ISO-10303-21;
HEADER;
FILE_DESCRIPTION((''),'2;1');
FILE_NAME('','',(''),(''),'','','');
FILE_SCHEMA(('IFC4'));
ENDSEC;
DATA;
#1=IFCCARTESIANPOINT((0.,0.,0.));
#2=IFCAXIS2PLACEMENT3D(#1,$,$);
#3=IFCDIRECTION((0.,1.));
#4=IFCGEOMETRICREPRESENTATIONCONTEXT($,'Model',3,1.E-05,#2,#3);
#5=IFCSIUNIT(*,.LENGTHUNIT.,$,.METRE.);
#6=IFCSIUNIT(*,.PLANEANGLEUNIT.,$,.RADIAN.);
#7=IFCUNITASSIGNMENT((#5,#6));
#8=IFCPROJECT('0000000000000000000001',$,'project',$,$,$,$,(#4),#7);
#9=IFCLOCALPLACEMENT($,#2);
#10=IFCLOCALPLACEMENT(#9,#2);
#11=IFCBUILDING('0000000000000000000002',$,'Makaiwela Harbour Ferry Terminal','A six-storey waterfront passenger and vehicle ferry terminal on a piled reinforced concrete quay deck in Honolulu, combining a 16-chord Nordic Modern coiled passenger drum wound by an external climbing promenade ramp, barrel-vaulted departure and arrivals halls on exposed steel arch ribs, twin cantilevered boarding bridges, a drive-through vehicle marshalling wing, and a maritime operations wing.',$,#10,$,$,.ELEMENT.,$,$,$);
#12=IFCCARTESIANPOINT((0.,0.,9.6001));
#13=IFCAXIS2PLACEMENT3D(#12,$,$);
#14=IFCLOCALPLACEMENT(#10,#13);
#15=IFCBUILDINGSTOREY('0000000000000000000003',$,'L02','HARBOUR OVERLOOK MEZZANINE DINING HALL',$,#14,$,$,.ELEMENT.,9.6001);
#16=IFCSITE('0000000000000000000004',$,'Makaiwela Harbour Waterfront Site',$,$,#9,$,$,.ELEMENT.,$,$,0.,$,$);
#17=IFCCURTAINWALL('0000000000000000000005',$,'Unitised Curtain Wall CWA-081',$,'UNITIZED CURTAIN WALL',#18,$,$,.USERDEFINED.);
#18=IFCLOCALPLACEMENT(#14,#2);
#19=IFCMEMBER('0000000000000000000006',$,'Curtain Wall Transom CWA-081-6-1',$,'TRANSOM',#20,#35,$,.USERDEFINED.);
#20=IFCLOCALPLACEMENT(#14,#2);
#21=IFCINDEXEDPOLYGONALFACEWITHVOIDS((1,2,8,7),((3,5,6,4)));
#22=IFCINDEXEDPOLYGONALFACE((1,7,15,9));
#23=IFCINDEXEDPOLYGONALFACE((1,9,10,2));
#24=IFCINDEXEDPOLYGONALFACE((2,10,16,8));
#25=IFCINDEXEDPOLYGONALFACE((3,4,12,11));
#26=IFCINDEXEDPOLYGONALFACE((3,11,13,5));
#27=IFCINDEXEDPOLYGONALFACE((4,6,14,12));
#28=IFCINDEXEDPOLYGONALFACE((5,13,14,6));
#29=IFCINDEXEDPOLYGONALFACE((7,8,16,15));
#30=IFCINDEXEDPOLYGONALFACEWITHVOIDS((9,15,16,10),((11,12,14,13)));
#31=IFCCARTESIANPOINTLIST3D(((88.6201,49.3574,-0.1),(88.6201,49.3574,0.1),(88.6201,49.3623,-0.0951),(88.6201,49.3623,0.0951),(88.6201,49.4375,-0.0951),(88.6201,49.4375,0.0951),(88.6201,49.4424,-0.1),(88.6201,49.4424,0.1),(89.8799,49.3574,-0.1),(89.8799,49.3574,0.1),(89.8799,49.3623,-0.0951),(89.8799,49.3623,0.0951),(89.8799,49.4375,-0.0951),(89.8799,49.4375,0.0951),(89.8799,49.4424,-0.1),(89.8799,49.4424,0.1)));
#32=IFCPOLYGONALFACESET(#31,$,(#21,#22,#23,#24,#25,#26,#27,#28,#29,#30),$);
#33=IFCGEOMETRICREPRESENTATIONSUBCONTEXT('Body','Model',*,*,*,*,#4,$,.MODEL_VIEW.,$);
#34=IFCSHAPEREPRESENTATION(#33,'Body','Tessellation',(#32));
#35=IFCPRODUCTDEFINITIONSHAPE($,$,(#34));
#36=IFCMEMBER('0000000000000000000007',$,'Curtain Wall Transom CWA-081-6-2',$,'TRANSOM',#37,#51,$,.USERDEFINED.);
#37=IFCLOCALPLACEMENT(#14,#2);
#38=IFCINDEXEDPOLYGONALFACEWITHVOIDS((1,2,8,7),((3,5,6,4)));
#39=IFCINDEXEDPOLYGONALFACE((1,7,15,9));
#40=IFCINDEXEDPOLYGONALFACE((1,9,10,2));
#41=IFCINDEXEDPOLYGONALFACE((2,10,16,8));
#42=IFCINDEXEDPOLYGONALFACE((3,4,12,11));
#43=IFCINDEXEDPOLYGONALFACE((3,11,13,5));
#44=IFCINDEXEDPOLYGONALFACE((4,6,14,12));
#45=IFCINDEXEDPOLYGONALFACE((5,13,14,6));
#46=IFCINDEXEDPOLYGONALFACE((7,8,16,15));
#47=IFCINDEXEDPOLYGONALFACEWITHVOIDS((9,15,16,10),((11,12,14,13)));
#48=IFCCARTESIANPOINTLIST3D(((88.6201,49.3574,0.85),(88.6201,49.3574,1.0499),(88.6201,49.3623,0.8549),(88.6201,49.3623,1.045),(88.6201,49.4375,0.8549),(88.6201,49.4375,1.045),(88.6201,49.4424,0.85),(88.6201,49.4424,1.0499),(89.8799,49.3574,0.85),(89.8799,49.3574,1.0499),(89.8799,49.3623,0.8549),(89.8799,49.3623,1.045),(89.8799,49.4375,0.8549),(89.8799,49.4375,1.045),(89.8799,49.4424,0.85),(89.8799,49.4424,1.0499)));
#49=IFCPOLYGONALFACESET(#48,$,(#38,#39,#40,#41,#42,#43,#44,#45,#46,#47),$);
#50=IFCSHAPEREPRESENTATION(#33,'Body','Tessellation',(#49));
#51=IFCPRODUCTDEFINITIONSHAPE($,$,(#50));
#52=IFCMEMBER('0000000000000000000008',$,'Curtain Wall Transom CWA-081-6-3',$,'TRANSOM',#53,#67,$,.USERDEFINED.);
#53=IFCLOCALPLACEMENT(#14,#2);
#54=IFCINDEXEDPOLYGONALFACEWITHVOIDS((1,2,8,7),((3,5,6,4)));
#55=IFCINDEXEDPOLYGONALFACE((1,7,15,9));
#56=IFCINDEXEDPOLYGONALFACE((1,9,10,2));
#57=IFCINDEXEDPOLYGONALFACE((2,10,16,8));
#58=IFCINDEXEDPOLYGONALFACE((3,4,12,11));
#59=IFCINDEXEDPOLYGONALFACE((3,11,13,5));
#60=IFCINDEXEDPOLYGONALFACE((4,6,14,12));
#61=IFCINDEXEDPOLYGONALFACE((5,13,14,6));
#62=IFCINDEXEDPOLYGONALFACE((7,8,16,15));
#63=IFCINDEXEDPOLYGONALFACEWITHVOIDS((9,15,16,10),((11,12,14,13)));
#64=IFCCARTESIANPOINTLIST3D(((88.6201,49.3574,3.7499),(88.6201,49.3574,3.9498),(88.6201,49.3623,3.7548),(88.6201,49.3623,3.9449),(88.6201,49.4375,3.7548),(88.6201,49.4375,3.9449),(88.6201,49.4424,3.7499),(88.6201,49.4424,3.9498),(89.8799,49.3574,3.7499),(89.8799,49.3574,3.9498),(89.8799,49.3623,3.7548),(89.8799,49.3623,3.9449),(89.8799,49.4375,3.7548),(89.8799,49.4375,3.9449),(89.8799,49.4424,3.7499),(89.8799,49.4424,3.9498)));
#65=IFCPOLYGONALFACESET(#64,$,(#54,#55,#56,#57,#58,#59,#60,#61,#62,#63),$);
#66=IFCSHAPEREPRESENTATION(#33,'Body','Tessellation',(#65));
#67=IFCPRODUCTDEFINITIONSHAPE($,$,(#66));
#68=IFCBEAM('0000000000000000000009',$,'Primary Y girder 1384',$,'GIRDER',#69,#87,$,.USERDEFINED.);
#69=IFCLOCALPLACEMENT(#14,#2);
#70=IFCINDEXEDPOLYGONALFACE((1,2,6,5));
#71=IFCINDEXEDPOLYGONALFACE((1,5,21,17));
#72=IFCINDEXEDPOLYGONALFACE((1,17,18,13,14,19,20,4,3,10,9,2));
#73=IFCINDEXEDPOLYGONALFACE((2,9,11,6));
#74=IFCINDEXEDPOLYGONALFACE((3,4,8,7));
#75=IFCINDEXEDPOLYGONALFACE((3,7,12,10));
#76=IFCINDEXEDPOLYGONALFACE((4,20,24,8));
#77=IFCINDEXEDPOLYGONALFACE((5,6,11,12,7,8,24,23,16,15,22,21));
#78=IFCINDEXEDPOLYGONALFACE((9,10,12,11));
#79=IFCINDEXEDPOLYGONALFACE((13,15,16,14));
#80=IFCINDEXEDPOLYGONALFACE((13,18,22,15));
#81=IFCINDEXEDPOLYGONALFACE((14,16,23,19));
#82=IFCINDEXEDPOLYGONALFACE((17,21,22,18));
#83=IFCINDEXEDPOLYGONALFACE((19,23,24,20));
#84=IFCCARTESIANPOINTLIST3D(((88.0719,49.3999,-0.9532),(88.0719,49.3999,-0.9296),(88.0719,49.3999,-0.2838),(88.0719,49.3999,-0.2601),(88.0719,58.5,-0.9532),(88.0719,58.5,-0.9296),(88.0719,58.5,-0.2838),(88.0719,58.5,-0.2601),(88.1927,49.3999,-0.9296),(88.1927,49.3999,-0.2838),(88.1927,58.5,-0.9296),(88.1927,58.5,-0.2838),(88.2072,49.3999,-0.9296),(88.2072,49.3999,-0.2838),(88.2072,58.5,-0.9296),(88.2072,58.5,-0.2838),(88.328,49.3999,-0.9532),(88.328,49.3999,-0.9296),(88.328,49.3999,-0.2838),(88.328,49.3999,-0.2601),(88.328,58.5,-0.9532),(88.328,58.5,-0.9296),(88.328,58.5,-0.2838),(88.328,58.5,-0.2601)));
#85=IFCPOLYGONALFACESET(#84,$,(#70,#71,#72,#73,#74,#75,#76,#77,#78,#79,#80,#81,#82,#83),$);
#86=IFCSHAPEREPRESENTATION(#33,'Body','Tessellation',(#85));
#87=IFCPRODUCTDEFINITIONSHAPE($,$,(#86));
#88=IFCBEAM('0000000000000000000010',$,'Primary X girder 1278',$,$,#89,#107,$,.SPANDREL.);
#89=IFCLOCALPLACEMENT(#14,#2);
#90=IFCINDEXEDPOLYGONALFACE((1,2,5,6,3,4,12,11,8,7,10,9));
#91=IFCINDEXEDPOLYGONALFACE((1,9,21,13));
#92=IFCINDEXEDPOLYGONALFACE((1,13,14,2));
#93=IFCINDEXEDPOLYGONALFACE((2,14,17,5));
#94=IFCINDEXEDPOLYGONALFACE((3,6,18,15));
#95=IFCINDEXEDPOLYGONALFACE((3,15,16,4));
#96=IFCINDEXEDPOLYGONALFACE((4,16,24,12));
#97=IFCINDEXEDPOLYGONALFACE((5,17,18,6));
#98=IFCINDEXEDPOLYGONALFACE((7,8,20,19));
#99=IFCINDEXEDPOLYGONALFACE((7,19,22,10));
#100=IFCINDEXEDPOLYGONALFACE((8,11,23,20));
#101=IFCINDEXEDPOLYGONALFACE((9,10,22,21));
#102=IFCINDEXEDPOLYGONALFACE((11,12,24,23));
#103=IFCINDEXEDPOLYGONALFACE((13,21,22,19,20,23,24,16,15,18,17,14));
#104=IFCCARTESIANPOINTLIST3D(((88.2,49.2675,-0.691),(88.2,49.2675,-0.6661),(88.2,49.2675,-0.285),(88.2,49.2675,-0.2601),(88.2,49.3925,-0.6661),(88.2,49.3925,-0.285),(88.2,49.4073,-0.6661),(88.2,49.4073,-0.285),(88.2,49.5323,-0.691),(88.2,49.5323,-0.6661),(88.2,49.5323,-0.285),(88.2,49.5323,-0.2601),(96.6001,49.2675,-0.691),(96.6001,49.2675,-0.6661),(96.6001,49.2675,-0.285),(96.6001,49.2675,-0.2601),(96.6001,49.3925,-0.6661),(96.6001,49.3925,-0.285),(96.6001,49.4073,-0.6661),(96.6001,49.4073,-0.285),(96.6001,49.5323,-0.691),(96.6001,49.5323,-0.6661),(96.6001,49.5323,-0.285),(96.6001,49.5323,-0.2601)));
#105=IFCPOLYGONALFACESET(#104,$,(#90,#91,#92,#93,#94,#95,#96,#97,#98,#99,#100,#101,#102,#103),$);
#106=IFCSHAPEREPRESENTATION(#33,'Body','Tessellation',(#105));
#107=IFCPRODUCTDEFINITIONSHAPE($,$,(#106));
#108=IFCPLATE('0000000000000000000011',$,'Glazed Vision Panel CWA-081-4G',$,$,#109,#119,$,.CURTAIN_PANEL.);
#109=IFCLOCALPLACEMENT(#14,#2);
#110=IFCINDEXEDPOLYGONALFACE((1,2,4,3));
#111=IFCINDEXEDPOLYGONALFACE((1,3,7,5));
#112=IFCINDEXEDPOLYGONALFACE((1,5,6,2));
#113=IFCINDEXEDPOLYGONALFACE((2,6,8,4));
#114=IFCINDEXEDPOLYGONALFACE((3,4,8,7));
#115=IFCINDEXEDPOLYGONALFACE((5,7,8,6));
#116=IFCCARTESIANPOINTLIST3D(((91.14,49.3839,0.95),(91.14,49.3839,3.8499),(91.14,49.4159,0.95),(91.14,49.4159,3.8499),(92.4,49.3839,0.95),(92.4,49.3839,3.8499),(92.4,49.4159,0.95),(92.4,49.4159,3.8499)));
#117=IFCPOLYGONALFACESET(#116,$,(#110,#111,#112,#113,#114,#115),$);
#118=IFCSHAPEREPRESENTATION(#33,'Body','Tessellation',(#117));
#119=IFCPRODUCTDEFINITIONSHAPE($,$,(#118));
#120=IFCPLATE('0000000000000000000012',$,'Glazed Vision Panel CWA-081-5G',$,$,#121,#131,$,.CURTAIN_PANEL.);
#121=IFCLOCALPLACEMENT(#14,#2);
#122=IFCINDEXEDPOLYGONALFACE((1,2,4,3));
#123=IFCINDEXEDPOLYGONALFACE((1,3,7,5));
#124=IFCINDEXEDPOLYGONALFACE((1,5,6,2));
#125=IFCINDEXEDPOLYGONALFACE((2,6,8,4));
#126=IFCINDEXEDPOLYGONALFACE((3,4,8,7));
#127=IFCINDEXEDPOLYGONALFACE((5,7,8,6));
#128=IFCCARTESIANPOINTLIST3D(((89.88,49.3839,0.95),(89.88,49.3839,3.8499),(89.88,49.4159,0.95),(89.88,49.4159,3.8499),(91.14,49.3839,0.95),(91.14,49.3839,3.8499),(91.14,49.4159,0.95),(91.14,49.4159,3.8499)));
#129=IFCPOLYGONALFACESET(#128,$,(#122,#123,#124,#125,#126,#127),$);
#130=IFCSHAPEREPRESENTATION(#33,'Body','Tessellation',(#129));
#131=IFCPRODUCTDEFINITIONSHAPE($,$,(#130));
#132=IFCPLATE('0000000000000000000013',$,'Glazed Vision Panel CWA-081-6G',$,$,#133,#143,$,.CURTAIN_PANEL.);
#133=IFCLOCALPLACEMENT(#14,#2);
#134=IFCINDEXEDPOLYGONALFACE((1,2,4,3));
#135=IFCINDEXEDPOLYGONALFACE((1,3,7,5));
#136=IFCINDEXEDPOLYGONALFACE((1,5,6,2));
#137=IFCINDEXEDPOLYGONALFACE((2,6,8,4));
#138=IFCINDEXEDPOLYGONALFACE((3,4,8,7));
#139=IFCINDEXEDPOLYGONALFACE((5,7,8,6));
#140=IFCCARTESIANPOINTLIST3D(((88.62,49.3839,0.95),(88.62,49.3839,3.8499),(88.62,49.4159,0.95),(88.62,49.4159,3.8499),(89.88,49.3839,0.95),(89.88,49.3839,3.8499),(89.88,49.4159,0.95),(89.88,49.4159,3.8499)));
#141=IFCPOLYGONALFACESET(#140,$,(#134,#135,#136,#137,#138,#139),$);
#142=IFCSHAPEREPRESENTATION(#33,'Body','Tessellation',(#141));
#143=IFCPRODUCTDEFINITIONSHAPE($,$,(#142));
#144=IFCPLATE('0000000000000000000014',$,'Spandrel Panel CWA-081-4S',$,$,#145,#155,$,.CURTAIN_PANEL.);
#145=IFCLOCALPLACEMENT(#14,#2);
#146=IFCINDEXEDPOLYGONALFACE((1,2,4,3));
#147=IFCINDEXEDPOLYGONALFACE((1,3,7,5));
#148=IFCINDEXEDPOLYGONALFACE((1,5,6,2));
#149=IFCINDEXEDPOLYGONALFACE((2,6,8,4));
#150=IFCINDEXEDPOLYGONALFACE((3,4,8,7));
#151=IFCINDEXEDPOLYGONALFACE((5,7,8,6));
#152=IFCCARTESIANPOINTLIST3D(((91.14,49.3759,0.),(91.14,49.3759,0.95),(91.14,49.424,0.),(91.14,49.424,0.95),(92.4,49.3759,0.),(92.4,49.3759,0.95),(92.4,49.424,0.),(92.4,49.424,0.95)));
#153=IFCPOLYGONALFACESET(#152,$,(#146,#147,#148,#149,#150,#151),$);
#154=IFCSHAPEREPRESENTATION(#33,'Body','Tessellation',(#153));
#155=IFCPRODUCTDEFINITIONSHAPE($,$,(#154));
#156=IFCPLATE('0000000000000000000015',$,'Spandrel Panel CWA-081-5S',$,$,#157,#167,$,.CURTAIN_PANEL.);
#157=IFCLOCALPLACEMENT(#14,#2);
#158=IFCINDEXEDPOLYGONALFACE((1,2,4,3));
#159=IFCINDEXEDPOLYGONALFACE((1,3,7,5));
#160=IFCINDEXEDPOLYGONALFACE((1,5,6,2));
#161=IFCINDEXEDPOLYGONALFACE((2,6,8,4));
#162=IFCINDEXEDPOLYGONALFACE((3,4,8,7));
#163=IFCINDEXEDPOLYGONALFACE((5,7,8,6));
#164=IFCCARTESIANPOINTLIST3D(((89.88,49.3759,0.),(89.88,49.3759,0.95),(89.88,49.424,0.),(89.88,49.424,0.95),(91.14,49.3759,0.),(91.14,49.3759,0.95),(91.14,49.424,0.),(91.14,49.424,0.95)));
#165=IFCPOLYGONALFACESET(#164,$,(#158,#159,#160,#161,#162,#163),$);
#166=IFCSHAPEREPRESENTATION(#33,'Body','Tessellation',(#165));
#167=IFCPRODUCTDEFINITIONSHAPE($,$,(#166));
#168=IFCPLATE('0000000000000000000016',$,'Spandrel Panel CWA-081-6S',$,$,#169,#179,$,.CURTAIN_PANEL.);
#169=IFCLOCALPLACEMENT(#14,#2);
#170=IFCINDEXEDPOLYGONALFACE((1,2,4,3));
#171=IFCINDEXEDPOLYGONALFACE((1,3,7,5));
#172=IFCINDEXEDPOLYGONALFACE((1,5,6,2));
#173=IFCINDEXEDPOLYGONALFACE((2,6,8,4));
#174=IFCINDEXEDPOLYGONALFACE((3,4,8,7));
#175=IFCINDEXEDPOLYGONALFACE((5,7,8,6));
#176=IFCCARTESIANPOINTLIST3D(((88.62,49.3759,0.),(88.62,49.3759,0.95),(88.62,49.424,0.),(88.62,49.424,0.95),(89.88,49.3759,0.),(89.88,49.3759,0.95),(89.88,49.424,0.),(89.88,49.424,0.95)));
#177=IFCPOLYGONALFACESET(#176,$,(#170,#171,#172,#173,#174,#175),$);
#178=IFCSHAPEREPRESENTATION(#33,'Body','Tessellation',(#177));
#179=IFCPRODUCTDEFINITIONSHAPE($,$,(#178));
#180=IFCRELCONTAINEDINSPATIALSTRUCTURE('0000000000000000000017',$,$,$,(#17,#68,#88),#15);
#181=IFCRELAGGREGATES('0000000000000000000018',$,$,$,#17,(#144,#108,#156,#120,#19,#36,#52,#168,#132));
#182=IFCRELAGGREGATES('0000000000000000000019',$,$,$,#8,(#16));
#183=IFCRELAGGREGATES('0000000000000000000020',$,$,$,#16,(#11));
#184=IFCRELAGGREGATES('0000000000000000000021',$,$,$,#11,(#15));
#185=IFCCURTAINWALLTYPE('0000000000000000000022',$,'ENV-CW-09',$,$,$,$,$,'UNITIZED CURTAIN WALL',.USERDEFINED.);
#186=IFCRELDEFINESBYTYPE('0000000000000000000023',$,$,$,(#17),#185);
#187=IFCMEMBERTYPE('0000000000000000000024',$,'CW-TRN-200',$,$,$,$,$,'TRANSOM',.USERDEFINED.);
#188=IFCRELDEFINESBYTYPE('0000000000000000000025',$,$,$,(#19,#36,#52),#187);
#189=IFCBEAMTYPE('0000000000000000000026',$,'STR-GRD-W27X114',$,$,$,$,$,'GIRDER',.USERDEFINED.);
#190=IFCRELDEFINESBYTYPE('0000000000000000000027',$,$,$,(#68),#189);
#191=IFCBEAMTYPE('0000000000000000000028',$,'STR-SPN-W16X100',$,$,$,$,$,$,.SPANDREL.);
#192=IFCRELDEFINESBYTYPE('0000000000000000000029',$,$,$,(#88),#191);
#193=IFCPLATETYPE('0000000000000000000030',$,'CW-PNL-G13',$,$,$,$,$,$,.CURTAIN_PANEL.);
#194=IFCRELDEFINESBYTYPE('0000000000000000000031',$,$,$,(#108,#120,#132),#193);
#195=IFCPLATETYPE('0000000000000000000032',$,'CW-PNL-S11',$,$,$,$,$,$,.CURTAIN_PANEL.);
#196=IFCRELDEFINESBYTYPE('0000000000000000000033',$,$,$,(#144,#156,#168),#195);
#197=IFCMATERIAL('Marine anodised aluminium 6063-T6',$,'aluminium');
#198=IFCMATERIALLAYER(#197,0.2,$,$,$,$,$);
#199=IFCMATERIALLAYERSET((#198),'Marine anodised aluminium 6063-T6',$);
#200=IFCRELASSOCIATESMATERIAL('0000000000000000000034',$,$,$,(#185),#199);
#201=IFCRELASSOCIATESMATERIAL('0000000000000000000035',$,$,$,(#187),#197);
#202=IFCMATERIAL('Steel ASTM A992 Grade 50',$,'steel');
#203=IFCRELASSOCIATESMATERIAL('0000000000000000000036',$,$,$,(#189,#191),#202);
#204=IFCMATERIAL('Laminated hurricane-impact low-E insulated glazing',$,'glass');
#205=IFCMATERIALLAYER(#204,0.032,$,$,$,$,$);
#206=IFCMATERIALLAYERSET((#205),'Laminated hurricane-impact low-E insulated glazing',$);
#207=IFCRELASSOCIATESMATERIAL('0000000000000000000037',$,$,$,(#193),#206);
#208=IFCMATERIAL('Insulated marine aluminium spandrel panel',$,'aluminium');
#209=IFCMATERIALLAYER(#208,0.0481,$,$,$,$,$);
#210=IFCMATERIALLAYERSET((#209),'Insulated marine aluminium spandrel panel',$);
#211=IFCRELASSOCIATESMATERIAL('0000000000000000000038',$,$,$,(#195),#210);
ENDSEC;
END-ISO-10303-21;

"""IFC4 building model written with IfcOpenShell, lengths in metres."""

from ifc_helpers import new_model, si_unit, direction, frame, origin, origin_2d, place, context, subcontext, project, spatial, rectangle, hollow_rectangle, i_section, extrude, material, layer, layer_set, material_profile, profile_set, type_object, element, aggregate, save


model = new_model("IFC4")

# Units and contexts
model_context = context("Model", 3, precision=1e-05, world=origin(), true_north=direction((0.0, 1.0)))
body_context = subcontext(model_context, "Body", "Model", "MODEL_VIEW")
ifc_project = project(units=[si_unit("LENGTHUNIT", "METRE"), si_unit("PLANEANGLEUNIT", "RADIAN")], contexts=[model_context])

# Site, building, storey
site_placement = place(None, origin())
site = spatial("IfcSite", under=ifc_project, at=site_placement, Name="Makaiwela Harbour Waterfront Site", CompositionType="ELEMENT", RefElevation=0.0)
building_placement = place(site_placement, origin())
building = spatial("IfcBuilding", under=site, at=building_placement, Name="Makaiwela Harbour Ferry Terminal", Description="A six-storey waterfront passenger and vehicle ferry terminal on a piled reinforced concrete quay deck in Honolulu, combining a 16-chord Nordic Modern coiled passenger drum wound by an external climbing promenade ramp, barrel-vaulted departure and arrivals halls on exposed steel arch ribs, twin cantilevered boarding bridges, a drive-through vehicle marshalling wing, and a maritime operations wing.", CompositionType="ELEMENT")
storey_placement = place(building_placement, frame((0.0, 0.0, 9.6001)))
storey = spatial("IfcBuildingStorey", under=building, at=storey_placement, Name="L02", Description="HARBOUR OVERLOOK MEZZANINE DINING HALL", CompositionType="ELEMENT", Elevation=9.6001)

# Shared definitions
ifc_material_1 = material(Name="Steel ASTM A992 Grade 50", Category="steel")

# Curtain wall
ifc_material_2 = material(Name="Marine anodised aluminium 6063-T6", Category="aluminium")
ifc_layer_1 = layer(ifc_material_2, 0.2)
ifc_layer_set_1 = layer_set([ifc_layer_1], Name="Marine anodised aluminium 6063-T6")
curtain_wall_type = type_object("IfcCurtainWallType", Name="ENV-CW-09", ElementType="UNITIZED CURTAIN WALL", PredefinedType="USERDEFINED", material=ifc_layer_set_1)
curtain_wall_1_placement = place(storey_placement, origin())
curtain_wall_1 = element("IfcCurtainWall", 1, at=curtain_wall_1_placement, inside=storey, type_object=curtain_wall_type, Name="Unitised Curtain Wall CWA-081", ObjectType="UNITIZED CURTAIN WALL", PredefinedType="USERDEFINED")
ifc_material_profile_1 = material_profile(ifc_material_2, hollow_rectangle(XDim=0.085, YDim=0.2, WallThickness=0.0049, at=origin_2d()), Name="CWT-200X85")
ifc_profile_set_1 = profile_set([ifc_material_profile_1], Name="Marine anodised aluminium 6063-T6")
member_type_1 = type_object("IfcMemberType", Name="CW-TRN-200", ElementType="TRANSOM", PredefinedType="USERDEFINED", material=ifc_profile_set_1)

# Members
member_1_placement = place(storey_placement, frame((89.8799, 49.3999, 0.0), z_axis=(-1.0, 0.0, 0.0), x_axis=(0.0, -1.0, 0.0)))
member_1 = element("IfcMember", 2, at=member_1_placement, type_object=member_type_1, Name="Curtain Wall Transom CWA-081-6-1", ObjectType="TRANSOM", PredefinedType="USERDEFINED", context=body_context, shape_type="SweptSolid", body=[
    extrude(hollow_rectangle(XDim=0.085, YDim=0.2, WallThickness=0.0049, at=origin_2d()), origin(), (0.0, 0.0, 1.0), 1.2598),
])
member_2_placement = place(storey_placement, frame((89.8799, 49.3999, 0.95), z_axis=(-1.0, 0.0, 0.0), x_axis=(0.0, -1.0, 0.0)))
member_2 = element("IfcMember", 3, at=member_2_placement, type_object=member_type_1, Name="Curtain Wall Transom CWA-081-6-2", ObjectType="TRANSOM", PredefinedType="USERDEFINED", context=body_context, shape_type="SweptSolid", body=[
    extrude(hollow_rectangle(XDim=0.085, YDim=0.2, WallThickness=0.0049, at=origin_2d()), origin(), (0.0, 0.0, 1.0), 1.2598),
])
member_3_placement = place(storey_placement, frame((89.8799, 49.3999, 3.8499), z_axis=(-1.0, 0.0, 0.0), x_axis=(0.0, -1.0, 0.0)))
member_3 = element("IfcMember", 4, at=member_3_placement, type_object=member_type_1, Name="Curtain Wall Transom CWA-081-6-3", ObjectType="TRANSOM", PredefinedType="USERDEFINED", context=body_context, shape_type="SweptSolid", body=[
    extrude(hollow_rectangle(XDim=0.085, YDim=0.2, WallThickness=0.0049, at=origin_2d()), origin(), (0.0, 0.0, 1.0), 1.2598),
])

# Beams
ifc_material_profile_2 = material_profile(ifc_material_1, i_section(OverallWidth=0.2561, OverallDepth=0.6931, WebThickness=0.0144, FlangeThickness=0.0237, at=origin_2d()), Name="W27X114")
ifc_profile_set_2 = profile_set([ifc_material_profile_2], Name="Steel ASTM A992 Grade 50")
beam_type_1 = type_object("IfcBeamType", Name="STR-GRD-W27X114", ElementType="GIRDER", PredefinedType="USERDEFINED", material=ifc_profile_set_2)
beam_1_placement = place(storey_placement, frame((88.2, 49.3999, -0.6067), z_axis=(0.0, 1.0, 0.0), x_axis=(-1.0, 0.0, 0.0)))
element("IfcBeam", 5, at=beam_1_placement, inside=storey, type_object=beam_type_1, Name="Primary Y girder 1384", ObjectType="GIRDER", PredefinedType="USERDEFINED", context=body_context, shape_type="SweptSolid", body=[
    extrude(i_section(OverallWidth=0.2561, OverallDepth=0.6931, WebThickness=0.0144, FlangeThickness=0.0237, at=origin_2d()), origin(), (0.0, 0.0, 1.0), 9.1001),
])
ifc_material_profile_3 = material_profile(ifc_material_1, i_section(OverallWidth=0.2649, OverallDepth=0.4309, WebThickness=0.0149, FlangeThickness=0.0249, at=origin_2d()), Name="W16X100")
ifc_profile_set_3 = profile_set([ifc_material_profile_3], Name="Steel ASTM A992 Grade 50")
beam_type_2 = type_object("IfcBeamType", Name="STR-SPN-W16X100", PredefinedType="SPANDREL", material=ifc_profile_set_3)
beam_2_placement = place(storey_placement, frame((88.2, 49.3999, -0.4756), z_axis=(1.0, 0.0, 0.0), x_axis=(0.0, 1.0, 0.0)))
element("IfcBeam", 6, at=beam_2_placement, inside=storey, type_object=beam_type_2, Name="Primary X girder 1278", PredefinedType="SPANDREL", context=body_context, shape_type="SweptSolid", body=[
    extrude(i_section(OverallWidth=0.2649, OverallDepth=0.4309, WebThickness=0.0149, FlangeThickness=0.0249, at=origin_2d()), origin(), (0.0, 0.0, 1.0), 8.4001),
])

# Plates
ifc_material_3 = material(Name="Laminated hurricane-impact low-E insulated glazing", Category="glass")
ifc_layer_2 = layer(ifc_material_3, 0.032)
ifc_layer_set_2 = layer_set([ifc_layer_2], Name="Laminated hurricane-impact low-E insulated glazing")
plate_type_1 = type_object("IfcPlateType", Name="CW-PNL-G13", PredefinedType="CURTAIN_PANEL", material=ifc_layer_set_2)
plate_1_placement = place(storey_placement, frame((91.77, 49.3999, 0.95), z_axis=(0.0, 0.0, 1.0), x_axis=(-1.0, 0.0, 0.0)))
plate_1 = element("IfcPlate", 7, at=plate_1_placement, type_object=plate_type_1, Name="Glazed Vision Panel CWA-081-4G", PredefinedType="CURTAIN_PANEL", context=body_context, shape_type="SweptSolid", body=[
    extrude(rectangle(XDim=1.26, YDim=0.032, at=origin_2d()), origin(), (0.0, 0.0, 1.0), 2.8999),
])
plate_2_placement = place(storey_placement, frame((90.51, 49.3999, 0.95), z_axis=(0.0, 0.0, 1.0), x_axis=(-1.0, 0.0, 0.0)))
plate_2 = element("IfcPlate", 8, at=plate_2_placement, type_object=plate_type_1, Name="Glazed Vision Panel CWA-081-5G", PredefinedType="CURTAIN_PANEL", context=body_context, shape_type="SweptSolid", body=[
    extrude(rectangle(XDim=1.26, YDim=0.032, at=origin_2d()), origin(), (0.0, 0.0, 1.0), 2.8999),
])
plate_3_placement = place(storey_placement, frame((89.25, 49.3999, 0.95), z_axis=(0.0, 0.0, 1.0), x_axis=(-1.0, 0.0, 0.0)))
plate_3 = element("IfcPlate", 9, at=plate_3_placement, type_object=plate_type_1, Name="Glazed Vision Panel CWA-081-6G", PredefinedType="CURTAIN_PANEL", context=body_context, shape_type="SweptSolid", body=[
    extrude(rectangle(XDim=1.26, YDim=0.032, at=origin_2d()), origin(), (0.0, 0.0, 1.0), 2.8999),
])
ifc_material_4 = material(Name="Insulated marine aluminium spandrel panel", Category="aluminium")
ifc_layer_3 = layer(ifc_material_4, 0.0481)
ifc_layer_set_3 = layer_set([ifc_layer_3], Name="Insulated marine aluminium spandrel panel")
plate_type_2 = type_object("IfcPlateType", Name="CW-PNL-S11", PredefinedType="CURTAIN_PANEL", material=ifc_layer_set_3)
plate_4_placement = place(storey_placement, frame((91.77, 49.3999, 0.0), z_axis=(0.0, 0.0, 1.0), x_axis=(-1.0, 0.0, 0.0)))
plate_4 = element("IfcPlate", 10, at=plate_4_placement, type_object=plate_type_2, Name="Spandrel Panel CWA-081-4S", PredefinedType="CURTAIN_PANEL", context=body_context, shape_type="SweptSolid", body=[
    extrude(rectangle(XDim=1.26, YDim=0.0481, at=origin_2d()), origin(), (0.0, 0.0, 1.0), 0.95),
])
plate_5_placement = place(storey_placement, frame((90.51, 49.3999, 0.0), z_axis=(0.0, 0.0, 1.0), x_axis=(-1.0, 0.0, 0.0)))
plate_5 = element("IfcPlate", 11, at=plate_5_placement, type_object=plate_type_2, Name="Spandrel Panel CWA-081-5S", PredefinedType="CURTAIN_PANEL", context=body_context, shape_type="SweptSolid", body=[
    extrude(rectangle(XDim=1.26, YDim=0.0481, at=origin_2d()), origin(), (0.0, 0.0, 1.0), 0.95),
])
plate_6_placement = place(storey_placement, frame((89.25, 49.3999, 0.0), z_axis=(0.0, 0.0, 1.0), x_axis=(-1.0, 0.0, 0.0)))
plate_6 = element("IfcPlate", 12, at=plate_6_placement, type_object=plate_type_2, Name="Spandrel Panel CWA-081-6S", PredefinedType="CURTAIN_PANEL", context=body_context, shape_type="SweptSolid", body=[
    extrude(rectangle(XDim=1.26, YDim=0.0481, at=origin_2d()), origin(), (0.0, 0.0, 1.0), 0.95),
])
aggregate(curtain_wall_1, [plate_4, plate_1, plate_5, plate_2, member_1, member_2, member_3, plate_6, plate_3])

save(model, "model.ifc")
